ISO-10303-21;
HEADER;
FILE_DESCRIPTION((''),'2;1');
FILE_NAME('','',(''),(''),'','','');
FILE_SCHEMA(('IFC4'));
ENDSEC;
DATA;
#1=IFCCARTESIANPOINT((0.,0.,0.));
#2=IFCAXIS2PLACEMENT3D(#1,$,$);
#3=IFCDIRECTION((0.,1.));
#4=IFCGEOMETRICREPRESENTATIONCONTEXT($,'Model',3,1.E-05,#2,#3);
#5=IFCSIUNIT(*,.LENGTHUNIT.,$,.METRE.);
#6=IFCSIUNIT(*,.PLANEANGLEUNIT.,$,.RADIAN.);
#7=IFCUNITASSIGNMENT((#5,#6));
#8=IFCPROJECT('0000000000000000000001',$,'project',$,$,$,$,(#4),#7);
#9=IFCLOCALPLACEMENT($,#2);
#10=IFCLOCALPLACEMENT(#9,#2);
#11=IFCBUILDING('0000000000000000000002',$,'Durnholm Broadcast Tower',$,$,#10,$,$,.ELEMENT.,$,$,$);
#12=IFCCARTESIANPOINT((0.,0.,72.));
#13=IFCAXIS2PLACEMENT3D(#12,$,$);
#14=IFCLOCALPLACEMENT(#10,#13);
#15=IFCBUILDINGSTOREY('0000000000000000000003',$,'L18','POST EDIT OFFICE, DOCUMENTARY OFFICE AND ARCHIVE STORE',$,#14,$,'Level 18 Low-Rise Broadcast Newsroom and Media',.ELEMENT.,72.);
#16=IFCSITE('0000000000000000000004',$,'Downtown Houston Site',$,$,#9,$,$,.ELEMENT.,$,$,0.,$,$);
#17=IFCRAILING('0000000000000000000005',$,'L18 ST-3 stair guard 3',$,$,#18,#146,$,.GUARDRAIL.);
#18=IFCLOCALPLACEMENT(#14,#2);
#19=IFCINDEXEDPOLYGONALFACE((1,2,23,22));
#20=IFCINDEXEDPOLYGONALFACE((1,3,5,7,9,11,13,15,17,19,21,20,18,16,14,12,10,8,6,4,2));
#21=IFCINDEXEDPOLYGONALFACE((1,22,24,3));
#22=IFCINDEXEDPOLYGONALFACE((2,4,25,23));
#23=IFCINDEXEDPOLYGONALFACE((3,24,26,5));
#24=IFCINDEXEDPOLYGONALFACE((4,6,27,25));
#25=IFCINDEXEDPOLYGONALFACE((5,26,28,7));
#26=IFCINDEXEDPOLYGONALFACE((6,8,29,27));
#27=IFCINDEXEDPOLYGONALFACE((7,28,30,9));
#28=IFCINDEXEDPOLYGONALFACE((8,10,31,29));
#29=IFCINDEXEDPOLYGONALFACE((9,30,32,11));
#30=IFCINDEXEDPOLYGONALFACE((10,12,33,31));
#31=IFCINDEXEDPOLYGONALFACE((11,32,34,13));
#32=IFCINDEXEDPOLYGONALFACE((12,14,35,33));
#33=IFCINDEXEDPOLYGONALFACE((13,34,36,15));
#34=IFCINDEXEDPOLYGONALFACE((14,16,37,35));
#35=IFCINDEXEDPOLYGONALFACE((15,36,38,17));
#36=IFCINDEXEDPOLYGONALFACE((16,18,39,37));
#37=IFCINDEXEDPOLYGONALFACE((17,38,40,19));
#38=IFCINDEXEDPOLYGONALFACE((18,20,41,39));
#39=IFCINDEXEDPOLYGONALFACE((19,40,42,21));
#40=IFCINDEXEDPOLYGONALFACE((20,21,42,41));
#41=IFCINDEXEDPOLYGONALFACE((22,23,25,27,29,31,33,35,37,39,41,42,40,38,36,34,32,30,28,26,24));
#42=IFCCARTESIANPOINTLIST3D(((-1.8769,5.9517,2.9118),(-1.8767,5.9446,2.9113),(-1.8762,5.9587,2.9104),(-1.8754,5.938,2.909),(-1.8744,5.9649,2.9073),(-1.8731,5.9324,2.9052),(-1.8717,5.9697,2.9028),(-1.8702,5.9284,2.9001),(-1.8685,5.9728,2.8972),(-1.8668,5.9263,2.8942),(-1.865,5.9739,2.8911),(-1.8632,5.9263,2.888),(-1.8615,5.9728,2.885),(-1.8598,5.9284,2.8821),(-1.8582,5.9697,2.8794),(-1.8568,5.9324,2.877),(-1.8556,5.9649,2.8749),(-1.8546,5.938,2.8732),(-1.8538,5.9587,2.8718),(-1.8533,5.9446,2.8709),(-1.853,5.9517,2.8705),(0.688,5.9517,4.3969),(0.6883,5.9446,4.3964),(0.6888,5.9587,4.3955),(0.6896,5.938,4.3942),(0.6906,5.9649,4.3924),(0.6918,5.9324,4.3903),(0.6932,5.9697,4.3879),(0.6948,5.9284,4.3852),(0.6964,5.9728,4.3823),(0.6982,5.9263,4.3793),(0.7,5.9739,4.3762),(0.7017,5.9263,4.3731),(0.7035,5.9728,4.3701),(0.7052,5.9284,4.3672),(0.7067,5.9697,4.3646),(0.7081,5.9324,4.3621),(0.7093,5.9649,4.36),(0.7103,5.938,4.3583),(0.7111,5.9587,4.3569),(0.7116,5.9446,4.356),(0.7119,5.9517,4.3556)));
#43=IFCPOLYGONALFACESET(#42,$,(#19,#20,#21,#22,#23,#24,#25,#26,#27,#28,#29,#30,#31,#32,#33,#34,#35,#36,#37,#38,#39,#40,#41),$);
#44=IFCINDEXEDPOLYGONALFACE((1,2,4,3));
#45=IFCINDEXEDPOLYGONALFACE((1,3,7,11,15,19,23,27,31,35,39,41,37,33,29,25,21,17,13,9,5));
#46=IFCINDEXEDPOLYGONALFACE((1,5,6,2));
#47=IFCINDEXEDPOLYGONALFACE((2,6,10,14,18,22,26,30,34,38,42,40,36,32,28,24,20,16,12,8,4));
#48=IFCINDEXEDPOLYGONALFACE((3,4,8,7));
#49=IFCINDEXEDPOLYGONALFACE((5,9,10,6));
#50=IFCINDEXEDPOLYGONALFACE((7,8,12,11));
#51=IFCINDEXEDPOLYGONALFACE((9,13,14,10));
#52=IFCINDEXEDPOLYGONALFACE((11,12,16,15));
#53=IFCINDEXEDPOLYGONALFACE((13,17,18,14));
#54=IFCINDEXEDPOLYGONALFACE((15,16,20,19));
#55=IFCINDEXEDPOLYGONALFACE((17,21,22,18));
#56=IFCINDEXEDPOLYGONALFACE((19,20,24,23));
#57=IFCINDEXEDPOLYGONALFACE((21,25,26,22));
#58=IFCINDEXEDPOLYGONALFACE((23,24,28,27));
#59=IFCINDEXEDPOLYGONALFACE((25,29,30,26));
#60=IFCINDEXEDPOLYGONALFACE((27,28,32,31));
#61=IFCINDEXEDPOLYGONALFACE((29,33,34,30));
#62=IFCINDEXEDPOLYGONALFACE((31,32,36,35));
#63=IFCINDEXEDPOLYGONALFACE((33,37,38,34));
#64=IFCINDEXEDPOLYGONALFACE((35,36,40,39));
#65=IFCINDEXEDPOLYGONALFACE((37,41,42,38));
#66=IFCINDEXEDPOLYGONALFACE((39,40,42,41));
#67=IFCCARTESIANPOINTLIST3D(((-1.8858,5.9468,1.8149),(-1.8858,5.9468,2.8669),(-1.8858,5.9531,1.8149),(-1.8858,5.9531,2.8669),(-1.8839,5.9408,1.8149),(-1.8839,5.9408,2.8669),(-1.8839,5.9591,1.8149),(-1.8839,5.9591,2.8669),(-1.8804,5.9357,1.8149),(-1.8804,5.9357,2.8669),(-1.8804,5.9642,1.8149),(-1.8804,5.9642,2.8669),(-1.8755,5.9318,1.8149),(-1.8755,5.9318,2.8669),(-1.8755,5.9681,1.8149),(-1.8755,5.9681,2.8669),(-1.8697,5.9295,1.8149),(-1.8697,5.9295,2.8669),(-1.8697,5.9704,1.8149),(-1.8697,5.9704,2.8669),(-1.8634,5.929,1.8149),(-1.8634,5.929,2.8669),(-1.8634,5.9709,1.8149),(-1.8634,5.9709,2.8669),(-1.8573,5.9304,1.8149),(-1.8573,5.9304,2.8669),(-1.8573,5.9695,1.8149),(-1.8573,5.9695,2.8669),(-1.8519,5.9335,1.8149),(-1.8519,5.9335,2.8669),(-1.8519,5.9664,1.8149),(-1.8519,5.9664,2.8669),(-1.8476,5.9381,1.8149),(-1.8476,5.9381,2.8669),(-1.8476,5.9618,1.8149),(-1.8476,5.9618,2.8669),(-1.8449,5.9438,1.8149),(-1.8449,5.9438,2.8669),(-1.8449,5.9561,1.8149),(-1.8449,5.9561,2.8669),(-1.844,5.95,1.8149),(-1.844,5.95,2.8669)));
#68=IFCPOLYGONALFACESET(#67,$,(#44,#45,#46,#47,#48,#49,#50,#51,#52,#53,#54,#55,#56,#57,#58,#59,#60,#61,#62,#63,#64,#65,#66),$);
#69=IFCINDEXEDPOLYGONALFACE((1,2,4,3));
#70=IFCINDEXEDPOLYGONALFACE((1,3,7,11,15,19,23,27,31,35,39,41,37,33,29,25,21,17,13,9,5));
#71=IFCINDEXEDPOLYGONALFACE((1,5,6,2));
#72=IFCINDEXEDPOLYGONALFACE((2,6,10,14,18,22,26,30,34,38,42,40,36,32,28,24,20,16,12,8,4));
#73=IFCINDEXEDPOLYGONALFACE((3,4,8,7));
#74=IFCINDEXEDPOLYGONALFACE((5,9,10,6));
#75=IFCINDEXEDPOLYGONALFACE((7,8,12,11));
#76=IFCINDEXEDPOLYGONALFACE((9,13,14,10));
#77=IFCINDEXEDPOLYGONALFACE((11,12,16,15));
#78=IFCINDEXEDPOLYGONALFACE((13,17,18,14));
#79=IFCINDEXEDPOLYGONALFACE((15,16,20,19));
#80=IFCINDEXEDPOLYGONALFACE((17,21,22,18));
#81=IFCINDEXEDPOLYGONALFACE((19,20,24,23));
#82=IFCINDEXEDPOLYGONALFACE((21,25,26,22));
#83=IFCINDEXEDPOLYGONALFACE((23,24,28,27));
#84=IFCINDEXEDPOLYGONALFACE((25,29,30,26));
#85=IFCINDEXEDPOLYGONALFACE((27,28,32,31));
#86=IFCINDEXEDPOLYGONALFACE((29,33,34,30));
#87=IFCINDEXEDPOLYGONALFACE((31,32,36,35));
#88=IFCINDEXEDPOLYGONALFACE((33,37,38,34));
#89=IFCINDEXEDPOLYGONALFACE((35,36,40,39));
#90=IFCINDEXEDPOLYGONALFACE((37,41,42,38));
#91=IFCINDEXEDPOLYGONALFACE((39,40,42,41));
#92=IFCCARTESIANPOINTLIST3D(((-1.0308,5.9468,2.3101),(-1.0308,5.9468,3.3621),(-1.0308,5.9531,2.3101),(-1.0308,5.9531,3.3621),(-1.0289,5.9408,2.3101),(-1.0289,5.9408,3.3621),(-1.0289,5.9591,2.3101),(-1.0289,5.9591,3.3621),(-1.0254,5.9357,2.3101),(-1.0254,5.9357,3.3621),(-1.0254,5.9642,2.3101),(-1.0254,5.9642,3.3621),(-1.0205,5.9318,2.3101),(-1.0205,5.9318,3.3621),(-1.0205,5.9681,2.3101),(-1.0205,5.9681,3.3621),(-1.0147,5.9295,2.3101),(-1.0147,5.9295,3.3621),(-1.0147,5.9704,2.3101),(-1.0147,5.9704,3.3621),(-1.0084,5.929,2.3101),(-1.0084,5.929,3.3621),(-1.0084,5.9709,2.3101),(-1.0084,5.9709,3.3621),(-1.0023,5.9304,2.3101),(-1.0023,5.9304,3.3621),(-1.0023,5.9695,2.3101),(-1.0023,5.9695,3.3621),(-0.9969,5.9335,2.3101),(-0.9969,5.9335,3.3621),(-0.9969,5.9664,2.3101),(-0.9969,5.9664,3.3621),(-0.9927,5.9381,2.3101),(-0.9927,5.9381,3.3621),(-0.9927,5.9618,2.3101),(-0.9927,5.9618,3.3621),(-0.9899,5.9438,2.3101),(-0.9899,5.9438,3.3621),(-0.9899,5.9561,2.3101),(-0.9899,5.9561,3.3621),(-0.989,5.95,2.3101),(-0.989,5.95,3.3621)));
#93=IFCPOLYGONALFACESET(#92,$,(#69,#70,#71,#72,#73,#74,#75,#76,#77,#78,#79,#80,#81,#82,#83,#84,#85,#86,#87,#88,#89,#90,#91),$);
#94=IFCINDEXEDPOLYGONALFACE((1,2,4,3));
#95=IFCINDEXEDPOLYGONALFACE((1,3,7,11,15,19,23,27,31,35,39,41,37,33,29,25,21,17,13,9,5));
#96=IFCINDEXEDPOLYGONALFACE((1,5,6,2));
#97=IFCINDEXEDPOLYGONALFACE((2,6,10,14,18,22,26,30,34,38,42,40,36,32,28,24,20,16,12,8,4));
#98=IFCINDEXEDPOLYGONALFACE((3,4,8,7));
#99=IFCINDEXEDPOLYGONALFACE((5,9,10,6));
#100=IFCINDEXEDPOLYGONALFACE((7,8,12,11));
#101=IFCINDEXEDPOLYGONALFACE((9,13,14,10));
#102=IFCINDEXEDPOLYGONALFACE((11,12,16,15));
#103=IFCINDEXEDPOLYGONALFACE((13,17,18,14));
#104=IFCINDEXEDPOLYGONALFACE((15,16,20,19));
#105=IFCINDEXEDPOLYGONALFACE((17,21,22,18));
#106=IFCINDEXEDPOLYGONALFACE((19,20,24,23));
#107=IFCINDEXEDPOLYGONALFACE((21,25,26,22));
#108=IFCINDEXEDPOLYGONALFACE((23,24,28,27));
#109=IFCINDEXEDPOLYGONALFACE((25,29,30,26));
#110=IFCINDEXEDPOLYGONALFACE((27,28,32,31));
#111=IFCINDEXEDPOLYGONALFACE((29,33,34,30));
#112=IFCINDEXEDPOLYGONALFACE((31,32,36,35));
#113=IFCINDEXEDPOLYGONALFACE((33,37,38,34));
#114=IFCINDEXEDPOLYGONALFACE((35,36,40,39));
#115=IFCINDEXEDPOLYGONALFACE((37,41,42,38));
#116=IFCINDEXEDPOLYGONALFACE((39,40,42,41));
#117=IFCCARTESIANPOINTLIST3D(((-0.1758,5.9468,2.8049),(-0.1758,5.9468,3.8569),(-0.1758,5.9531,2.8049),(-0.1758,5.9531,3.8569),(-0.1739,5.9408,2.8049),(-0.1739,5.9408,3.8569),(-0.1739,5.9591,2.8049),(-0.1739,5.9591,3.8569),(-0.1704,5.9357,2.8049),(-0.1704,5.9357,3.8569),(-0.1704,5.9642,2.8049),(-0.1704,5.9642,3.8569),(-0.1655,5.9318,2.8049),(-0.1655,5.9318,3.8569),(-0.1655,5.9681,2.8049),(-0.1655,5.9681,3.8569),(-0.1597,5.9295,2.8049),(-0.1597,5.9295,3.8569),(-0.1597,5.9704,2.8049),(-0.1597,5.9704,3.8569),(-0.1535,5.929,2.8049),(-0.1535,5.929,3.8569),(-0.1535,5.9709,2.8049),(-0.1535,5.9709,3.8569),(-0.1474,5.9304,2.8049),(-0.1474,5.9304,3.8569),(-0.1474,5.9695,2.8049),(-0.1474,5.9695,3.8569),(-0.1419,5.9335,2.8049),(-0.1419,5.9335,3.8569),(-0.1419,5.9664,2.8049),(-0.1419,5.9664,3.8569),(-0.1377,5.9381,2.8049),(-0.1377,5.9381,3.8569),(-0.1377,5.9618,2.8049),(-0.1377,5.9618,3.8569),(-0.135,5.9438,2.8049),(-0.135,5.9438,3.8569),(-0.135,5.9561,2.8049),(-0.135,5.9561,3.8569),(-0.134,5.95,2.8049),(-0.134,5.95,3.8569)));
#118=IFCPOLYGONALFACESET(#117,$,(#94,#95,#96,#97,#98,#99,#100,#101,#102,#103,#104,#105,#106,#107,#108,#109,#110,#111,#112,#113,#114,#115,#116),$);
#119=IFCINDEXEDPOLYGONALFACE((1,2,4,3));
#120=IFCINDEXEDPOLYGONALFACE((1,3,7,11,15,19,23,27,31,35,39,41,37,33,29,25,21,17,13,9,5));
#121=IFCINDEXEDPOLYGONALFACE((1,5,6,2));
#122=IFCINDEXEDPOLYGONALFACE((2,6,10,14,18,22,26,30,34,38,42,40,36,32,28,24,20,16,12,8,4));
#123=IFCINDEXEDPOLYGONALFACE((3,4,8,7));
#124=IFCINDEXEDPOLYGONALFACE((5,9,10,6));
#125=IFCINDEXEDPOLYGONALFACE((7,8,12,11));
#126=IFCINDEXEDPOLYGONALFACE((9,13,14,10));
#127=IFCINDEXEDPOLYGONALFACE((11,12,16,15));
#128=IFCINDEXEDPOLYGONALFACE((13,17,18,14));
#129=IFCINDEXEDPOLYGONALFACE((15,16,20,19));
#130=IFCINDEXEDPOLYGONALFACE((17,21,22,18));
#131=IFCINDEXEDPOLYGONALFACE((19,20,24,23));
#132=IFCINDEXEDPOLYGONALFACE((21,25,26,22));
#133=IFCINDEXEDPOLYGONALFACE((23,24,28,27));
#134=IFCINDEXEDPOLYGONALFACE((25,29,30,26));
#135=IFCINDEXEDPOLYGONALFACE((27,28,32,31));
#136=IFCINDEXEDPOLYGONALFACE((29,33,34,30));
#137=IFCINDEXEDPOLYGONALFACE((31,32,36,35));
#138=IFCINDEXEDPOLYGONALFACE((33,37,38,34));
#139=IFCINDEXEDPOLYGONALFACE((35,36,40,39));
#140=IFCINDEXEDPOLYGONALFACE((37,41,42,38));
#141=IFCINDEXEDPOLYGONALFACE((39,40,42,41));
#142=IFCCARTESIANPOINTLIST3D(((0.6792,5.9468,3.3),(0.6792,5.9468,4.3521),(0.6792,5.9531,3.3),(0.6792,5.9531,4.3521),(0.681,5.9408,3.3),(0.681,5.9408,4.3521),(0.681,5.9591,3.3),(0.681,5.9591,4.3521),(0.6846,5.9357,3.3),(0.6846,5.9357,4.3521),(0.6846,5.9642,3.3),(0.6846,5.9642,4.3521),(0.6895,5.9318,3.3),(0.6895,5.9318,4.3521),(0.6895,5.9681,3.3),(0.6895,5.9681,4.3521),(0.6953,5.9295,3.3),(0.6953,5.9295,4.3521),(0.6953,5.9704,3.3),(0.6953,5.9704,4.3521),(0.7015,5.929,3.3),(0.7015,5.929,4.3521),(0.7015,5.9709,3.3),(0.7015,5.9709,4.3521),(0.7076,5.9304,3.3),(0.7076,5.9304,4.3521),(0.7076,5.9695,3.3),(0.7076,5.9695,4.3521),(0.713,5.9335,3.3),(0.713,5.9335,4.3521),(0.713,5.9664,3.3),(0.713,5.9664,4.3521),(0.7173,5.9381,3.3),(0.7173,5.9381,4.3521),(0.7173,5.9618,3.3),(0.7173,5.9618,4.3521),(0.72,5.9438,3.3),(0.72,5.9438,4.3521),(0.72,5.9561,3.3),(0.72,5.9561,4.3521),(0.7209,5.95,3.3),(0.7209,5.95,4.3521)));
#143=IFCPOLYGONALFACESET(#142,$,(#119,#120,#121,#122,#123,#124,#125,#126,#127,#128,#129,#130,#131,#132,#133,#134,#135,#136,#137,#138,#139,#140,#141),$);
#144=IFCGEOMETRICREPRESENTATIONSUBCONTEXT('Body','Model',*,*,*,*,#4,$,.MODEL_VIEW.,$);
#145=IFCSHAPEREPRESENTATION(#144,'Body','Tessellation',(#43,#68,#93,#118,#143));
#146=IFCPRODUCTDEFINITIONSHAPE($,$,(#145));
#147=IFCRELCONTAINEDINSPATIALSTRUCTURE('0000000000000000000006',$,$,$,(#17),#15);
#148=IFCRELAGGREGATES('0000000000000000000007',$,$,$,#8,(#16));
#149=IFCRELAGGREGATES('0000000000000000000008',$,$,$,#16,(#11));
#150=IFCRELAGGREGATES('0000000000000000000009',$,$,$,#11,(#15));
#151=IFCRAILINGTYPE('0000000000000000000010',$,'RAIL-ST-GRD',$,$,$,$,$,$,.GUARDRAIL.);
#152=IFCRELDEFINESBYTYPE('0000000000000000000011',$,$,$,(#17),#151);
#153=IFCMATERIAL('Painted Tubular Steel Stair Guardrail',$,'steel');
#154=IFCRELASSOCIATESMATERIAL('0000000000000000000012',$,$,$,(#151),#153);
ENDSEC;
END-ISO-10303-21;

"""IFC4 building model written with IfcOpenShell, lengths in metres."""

from ifc_helpers import new_model, si_unit, direction, frame, origin, origin_2d, place, context, subcontext, project, spatial, circle, extrude, material, type_object, element, save


model = new_model("IFC4")

# Units and contexts
model_context = context("Model", 3, precision=1e-05, world=origin(), true_north=direction((0.0, 1.0)))
body_context = subcontext(model_context, "Body", "Model", "MODEL_VIEW")
ifc_project = project(units=[si_unit("LENGTHUNIT", "METRE"), si_unit("PLANEANGLEUNIT", "RADIAN")], contexts=[model_context])

# Site, building, storey
site_placement = place(None, origin())
site = spatial("IfcSite", under=ifc_project, at=site_placement, Name="Downtown Houston Site", CompositionType="ELEMENT", RefElevation=0.0)
building_placement = place(site_placement, origin())
building = spatial("IfcBuilding", under=site, at=building_placement, Name="Durnholm Broadcast Tower", CompositionType="ELEMENT")
storey_placement = place(building_placement, frame((0.0, 0.0, 72.0)))
storey = spatial("IfcBuildingStorey", under=building, at=storey_placement, Name="L18", Description="POST EDIT OFFICE, DOCUMENTARY OFFICE AND ARCHIVE STORE", LongName="Level 18 Low-Rise Broadcast Newsroom and Media", CompositionType="ELEMENT", Elevation=72.0)

# Railing
ifc_material_1 = material(Name="Painted Tubular Steel Stair Guardrail", Category="steel")
railing_type_1 = type_object("IfcRailingType", Name="RAIL-ST-GRD", PredefinedType="GUARDRAIL", material=ifc_material_1)
railing_1_placement = place(storey_placement, frame((-1.865, 5.95, 1.8149)))
element("IfcRailing", 1, at=railing_1_placement, inside=storey, type_object=railing_type_1, Name="L18 ST-3 stair guard 3", PredefinedType="GUARDRAIL", context=body_context, shape_type="SweptSolid", body=[
    extrude(circle(Radius=0.0239, at=origin_2d()), frame((0.0, 0.0, 1.0762), z_axis=(0.865406, 0.0, 0.501072), x_axis=(0.0, 1.0, 0.0)), (0.0, 0.0, 1.0), 2.9639),
    extrude(circle(Radius=0.021, at=origin_2d()), origin(), (0.0, 0.0, 1.0), 1.052),
    extrude(circle(Radius=0.021, at=origin_2d()), frame((0.855, 0.0, 0.4951)), (0.0, 0.0, 1.0), 1.052),
    extrude(circle(Radius=0.021, at=origin_2d()), frame((1.71, 0.0, 0.99)), (0.0, 0.0, 1.0), 1.052),
    extrude(circle(Radius=0.021, at=origin_2d()), frame((2.5649, 0.0, 1.4851)), (0.0, 0.0, 1.0), 1.052),
])

save(model, "model.ifc")
